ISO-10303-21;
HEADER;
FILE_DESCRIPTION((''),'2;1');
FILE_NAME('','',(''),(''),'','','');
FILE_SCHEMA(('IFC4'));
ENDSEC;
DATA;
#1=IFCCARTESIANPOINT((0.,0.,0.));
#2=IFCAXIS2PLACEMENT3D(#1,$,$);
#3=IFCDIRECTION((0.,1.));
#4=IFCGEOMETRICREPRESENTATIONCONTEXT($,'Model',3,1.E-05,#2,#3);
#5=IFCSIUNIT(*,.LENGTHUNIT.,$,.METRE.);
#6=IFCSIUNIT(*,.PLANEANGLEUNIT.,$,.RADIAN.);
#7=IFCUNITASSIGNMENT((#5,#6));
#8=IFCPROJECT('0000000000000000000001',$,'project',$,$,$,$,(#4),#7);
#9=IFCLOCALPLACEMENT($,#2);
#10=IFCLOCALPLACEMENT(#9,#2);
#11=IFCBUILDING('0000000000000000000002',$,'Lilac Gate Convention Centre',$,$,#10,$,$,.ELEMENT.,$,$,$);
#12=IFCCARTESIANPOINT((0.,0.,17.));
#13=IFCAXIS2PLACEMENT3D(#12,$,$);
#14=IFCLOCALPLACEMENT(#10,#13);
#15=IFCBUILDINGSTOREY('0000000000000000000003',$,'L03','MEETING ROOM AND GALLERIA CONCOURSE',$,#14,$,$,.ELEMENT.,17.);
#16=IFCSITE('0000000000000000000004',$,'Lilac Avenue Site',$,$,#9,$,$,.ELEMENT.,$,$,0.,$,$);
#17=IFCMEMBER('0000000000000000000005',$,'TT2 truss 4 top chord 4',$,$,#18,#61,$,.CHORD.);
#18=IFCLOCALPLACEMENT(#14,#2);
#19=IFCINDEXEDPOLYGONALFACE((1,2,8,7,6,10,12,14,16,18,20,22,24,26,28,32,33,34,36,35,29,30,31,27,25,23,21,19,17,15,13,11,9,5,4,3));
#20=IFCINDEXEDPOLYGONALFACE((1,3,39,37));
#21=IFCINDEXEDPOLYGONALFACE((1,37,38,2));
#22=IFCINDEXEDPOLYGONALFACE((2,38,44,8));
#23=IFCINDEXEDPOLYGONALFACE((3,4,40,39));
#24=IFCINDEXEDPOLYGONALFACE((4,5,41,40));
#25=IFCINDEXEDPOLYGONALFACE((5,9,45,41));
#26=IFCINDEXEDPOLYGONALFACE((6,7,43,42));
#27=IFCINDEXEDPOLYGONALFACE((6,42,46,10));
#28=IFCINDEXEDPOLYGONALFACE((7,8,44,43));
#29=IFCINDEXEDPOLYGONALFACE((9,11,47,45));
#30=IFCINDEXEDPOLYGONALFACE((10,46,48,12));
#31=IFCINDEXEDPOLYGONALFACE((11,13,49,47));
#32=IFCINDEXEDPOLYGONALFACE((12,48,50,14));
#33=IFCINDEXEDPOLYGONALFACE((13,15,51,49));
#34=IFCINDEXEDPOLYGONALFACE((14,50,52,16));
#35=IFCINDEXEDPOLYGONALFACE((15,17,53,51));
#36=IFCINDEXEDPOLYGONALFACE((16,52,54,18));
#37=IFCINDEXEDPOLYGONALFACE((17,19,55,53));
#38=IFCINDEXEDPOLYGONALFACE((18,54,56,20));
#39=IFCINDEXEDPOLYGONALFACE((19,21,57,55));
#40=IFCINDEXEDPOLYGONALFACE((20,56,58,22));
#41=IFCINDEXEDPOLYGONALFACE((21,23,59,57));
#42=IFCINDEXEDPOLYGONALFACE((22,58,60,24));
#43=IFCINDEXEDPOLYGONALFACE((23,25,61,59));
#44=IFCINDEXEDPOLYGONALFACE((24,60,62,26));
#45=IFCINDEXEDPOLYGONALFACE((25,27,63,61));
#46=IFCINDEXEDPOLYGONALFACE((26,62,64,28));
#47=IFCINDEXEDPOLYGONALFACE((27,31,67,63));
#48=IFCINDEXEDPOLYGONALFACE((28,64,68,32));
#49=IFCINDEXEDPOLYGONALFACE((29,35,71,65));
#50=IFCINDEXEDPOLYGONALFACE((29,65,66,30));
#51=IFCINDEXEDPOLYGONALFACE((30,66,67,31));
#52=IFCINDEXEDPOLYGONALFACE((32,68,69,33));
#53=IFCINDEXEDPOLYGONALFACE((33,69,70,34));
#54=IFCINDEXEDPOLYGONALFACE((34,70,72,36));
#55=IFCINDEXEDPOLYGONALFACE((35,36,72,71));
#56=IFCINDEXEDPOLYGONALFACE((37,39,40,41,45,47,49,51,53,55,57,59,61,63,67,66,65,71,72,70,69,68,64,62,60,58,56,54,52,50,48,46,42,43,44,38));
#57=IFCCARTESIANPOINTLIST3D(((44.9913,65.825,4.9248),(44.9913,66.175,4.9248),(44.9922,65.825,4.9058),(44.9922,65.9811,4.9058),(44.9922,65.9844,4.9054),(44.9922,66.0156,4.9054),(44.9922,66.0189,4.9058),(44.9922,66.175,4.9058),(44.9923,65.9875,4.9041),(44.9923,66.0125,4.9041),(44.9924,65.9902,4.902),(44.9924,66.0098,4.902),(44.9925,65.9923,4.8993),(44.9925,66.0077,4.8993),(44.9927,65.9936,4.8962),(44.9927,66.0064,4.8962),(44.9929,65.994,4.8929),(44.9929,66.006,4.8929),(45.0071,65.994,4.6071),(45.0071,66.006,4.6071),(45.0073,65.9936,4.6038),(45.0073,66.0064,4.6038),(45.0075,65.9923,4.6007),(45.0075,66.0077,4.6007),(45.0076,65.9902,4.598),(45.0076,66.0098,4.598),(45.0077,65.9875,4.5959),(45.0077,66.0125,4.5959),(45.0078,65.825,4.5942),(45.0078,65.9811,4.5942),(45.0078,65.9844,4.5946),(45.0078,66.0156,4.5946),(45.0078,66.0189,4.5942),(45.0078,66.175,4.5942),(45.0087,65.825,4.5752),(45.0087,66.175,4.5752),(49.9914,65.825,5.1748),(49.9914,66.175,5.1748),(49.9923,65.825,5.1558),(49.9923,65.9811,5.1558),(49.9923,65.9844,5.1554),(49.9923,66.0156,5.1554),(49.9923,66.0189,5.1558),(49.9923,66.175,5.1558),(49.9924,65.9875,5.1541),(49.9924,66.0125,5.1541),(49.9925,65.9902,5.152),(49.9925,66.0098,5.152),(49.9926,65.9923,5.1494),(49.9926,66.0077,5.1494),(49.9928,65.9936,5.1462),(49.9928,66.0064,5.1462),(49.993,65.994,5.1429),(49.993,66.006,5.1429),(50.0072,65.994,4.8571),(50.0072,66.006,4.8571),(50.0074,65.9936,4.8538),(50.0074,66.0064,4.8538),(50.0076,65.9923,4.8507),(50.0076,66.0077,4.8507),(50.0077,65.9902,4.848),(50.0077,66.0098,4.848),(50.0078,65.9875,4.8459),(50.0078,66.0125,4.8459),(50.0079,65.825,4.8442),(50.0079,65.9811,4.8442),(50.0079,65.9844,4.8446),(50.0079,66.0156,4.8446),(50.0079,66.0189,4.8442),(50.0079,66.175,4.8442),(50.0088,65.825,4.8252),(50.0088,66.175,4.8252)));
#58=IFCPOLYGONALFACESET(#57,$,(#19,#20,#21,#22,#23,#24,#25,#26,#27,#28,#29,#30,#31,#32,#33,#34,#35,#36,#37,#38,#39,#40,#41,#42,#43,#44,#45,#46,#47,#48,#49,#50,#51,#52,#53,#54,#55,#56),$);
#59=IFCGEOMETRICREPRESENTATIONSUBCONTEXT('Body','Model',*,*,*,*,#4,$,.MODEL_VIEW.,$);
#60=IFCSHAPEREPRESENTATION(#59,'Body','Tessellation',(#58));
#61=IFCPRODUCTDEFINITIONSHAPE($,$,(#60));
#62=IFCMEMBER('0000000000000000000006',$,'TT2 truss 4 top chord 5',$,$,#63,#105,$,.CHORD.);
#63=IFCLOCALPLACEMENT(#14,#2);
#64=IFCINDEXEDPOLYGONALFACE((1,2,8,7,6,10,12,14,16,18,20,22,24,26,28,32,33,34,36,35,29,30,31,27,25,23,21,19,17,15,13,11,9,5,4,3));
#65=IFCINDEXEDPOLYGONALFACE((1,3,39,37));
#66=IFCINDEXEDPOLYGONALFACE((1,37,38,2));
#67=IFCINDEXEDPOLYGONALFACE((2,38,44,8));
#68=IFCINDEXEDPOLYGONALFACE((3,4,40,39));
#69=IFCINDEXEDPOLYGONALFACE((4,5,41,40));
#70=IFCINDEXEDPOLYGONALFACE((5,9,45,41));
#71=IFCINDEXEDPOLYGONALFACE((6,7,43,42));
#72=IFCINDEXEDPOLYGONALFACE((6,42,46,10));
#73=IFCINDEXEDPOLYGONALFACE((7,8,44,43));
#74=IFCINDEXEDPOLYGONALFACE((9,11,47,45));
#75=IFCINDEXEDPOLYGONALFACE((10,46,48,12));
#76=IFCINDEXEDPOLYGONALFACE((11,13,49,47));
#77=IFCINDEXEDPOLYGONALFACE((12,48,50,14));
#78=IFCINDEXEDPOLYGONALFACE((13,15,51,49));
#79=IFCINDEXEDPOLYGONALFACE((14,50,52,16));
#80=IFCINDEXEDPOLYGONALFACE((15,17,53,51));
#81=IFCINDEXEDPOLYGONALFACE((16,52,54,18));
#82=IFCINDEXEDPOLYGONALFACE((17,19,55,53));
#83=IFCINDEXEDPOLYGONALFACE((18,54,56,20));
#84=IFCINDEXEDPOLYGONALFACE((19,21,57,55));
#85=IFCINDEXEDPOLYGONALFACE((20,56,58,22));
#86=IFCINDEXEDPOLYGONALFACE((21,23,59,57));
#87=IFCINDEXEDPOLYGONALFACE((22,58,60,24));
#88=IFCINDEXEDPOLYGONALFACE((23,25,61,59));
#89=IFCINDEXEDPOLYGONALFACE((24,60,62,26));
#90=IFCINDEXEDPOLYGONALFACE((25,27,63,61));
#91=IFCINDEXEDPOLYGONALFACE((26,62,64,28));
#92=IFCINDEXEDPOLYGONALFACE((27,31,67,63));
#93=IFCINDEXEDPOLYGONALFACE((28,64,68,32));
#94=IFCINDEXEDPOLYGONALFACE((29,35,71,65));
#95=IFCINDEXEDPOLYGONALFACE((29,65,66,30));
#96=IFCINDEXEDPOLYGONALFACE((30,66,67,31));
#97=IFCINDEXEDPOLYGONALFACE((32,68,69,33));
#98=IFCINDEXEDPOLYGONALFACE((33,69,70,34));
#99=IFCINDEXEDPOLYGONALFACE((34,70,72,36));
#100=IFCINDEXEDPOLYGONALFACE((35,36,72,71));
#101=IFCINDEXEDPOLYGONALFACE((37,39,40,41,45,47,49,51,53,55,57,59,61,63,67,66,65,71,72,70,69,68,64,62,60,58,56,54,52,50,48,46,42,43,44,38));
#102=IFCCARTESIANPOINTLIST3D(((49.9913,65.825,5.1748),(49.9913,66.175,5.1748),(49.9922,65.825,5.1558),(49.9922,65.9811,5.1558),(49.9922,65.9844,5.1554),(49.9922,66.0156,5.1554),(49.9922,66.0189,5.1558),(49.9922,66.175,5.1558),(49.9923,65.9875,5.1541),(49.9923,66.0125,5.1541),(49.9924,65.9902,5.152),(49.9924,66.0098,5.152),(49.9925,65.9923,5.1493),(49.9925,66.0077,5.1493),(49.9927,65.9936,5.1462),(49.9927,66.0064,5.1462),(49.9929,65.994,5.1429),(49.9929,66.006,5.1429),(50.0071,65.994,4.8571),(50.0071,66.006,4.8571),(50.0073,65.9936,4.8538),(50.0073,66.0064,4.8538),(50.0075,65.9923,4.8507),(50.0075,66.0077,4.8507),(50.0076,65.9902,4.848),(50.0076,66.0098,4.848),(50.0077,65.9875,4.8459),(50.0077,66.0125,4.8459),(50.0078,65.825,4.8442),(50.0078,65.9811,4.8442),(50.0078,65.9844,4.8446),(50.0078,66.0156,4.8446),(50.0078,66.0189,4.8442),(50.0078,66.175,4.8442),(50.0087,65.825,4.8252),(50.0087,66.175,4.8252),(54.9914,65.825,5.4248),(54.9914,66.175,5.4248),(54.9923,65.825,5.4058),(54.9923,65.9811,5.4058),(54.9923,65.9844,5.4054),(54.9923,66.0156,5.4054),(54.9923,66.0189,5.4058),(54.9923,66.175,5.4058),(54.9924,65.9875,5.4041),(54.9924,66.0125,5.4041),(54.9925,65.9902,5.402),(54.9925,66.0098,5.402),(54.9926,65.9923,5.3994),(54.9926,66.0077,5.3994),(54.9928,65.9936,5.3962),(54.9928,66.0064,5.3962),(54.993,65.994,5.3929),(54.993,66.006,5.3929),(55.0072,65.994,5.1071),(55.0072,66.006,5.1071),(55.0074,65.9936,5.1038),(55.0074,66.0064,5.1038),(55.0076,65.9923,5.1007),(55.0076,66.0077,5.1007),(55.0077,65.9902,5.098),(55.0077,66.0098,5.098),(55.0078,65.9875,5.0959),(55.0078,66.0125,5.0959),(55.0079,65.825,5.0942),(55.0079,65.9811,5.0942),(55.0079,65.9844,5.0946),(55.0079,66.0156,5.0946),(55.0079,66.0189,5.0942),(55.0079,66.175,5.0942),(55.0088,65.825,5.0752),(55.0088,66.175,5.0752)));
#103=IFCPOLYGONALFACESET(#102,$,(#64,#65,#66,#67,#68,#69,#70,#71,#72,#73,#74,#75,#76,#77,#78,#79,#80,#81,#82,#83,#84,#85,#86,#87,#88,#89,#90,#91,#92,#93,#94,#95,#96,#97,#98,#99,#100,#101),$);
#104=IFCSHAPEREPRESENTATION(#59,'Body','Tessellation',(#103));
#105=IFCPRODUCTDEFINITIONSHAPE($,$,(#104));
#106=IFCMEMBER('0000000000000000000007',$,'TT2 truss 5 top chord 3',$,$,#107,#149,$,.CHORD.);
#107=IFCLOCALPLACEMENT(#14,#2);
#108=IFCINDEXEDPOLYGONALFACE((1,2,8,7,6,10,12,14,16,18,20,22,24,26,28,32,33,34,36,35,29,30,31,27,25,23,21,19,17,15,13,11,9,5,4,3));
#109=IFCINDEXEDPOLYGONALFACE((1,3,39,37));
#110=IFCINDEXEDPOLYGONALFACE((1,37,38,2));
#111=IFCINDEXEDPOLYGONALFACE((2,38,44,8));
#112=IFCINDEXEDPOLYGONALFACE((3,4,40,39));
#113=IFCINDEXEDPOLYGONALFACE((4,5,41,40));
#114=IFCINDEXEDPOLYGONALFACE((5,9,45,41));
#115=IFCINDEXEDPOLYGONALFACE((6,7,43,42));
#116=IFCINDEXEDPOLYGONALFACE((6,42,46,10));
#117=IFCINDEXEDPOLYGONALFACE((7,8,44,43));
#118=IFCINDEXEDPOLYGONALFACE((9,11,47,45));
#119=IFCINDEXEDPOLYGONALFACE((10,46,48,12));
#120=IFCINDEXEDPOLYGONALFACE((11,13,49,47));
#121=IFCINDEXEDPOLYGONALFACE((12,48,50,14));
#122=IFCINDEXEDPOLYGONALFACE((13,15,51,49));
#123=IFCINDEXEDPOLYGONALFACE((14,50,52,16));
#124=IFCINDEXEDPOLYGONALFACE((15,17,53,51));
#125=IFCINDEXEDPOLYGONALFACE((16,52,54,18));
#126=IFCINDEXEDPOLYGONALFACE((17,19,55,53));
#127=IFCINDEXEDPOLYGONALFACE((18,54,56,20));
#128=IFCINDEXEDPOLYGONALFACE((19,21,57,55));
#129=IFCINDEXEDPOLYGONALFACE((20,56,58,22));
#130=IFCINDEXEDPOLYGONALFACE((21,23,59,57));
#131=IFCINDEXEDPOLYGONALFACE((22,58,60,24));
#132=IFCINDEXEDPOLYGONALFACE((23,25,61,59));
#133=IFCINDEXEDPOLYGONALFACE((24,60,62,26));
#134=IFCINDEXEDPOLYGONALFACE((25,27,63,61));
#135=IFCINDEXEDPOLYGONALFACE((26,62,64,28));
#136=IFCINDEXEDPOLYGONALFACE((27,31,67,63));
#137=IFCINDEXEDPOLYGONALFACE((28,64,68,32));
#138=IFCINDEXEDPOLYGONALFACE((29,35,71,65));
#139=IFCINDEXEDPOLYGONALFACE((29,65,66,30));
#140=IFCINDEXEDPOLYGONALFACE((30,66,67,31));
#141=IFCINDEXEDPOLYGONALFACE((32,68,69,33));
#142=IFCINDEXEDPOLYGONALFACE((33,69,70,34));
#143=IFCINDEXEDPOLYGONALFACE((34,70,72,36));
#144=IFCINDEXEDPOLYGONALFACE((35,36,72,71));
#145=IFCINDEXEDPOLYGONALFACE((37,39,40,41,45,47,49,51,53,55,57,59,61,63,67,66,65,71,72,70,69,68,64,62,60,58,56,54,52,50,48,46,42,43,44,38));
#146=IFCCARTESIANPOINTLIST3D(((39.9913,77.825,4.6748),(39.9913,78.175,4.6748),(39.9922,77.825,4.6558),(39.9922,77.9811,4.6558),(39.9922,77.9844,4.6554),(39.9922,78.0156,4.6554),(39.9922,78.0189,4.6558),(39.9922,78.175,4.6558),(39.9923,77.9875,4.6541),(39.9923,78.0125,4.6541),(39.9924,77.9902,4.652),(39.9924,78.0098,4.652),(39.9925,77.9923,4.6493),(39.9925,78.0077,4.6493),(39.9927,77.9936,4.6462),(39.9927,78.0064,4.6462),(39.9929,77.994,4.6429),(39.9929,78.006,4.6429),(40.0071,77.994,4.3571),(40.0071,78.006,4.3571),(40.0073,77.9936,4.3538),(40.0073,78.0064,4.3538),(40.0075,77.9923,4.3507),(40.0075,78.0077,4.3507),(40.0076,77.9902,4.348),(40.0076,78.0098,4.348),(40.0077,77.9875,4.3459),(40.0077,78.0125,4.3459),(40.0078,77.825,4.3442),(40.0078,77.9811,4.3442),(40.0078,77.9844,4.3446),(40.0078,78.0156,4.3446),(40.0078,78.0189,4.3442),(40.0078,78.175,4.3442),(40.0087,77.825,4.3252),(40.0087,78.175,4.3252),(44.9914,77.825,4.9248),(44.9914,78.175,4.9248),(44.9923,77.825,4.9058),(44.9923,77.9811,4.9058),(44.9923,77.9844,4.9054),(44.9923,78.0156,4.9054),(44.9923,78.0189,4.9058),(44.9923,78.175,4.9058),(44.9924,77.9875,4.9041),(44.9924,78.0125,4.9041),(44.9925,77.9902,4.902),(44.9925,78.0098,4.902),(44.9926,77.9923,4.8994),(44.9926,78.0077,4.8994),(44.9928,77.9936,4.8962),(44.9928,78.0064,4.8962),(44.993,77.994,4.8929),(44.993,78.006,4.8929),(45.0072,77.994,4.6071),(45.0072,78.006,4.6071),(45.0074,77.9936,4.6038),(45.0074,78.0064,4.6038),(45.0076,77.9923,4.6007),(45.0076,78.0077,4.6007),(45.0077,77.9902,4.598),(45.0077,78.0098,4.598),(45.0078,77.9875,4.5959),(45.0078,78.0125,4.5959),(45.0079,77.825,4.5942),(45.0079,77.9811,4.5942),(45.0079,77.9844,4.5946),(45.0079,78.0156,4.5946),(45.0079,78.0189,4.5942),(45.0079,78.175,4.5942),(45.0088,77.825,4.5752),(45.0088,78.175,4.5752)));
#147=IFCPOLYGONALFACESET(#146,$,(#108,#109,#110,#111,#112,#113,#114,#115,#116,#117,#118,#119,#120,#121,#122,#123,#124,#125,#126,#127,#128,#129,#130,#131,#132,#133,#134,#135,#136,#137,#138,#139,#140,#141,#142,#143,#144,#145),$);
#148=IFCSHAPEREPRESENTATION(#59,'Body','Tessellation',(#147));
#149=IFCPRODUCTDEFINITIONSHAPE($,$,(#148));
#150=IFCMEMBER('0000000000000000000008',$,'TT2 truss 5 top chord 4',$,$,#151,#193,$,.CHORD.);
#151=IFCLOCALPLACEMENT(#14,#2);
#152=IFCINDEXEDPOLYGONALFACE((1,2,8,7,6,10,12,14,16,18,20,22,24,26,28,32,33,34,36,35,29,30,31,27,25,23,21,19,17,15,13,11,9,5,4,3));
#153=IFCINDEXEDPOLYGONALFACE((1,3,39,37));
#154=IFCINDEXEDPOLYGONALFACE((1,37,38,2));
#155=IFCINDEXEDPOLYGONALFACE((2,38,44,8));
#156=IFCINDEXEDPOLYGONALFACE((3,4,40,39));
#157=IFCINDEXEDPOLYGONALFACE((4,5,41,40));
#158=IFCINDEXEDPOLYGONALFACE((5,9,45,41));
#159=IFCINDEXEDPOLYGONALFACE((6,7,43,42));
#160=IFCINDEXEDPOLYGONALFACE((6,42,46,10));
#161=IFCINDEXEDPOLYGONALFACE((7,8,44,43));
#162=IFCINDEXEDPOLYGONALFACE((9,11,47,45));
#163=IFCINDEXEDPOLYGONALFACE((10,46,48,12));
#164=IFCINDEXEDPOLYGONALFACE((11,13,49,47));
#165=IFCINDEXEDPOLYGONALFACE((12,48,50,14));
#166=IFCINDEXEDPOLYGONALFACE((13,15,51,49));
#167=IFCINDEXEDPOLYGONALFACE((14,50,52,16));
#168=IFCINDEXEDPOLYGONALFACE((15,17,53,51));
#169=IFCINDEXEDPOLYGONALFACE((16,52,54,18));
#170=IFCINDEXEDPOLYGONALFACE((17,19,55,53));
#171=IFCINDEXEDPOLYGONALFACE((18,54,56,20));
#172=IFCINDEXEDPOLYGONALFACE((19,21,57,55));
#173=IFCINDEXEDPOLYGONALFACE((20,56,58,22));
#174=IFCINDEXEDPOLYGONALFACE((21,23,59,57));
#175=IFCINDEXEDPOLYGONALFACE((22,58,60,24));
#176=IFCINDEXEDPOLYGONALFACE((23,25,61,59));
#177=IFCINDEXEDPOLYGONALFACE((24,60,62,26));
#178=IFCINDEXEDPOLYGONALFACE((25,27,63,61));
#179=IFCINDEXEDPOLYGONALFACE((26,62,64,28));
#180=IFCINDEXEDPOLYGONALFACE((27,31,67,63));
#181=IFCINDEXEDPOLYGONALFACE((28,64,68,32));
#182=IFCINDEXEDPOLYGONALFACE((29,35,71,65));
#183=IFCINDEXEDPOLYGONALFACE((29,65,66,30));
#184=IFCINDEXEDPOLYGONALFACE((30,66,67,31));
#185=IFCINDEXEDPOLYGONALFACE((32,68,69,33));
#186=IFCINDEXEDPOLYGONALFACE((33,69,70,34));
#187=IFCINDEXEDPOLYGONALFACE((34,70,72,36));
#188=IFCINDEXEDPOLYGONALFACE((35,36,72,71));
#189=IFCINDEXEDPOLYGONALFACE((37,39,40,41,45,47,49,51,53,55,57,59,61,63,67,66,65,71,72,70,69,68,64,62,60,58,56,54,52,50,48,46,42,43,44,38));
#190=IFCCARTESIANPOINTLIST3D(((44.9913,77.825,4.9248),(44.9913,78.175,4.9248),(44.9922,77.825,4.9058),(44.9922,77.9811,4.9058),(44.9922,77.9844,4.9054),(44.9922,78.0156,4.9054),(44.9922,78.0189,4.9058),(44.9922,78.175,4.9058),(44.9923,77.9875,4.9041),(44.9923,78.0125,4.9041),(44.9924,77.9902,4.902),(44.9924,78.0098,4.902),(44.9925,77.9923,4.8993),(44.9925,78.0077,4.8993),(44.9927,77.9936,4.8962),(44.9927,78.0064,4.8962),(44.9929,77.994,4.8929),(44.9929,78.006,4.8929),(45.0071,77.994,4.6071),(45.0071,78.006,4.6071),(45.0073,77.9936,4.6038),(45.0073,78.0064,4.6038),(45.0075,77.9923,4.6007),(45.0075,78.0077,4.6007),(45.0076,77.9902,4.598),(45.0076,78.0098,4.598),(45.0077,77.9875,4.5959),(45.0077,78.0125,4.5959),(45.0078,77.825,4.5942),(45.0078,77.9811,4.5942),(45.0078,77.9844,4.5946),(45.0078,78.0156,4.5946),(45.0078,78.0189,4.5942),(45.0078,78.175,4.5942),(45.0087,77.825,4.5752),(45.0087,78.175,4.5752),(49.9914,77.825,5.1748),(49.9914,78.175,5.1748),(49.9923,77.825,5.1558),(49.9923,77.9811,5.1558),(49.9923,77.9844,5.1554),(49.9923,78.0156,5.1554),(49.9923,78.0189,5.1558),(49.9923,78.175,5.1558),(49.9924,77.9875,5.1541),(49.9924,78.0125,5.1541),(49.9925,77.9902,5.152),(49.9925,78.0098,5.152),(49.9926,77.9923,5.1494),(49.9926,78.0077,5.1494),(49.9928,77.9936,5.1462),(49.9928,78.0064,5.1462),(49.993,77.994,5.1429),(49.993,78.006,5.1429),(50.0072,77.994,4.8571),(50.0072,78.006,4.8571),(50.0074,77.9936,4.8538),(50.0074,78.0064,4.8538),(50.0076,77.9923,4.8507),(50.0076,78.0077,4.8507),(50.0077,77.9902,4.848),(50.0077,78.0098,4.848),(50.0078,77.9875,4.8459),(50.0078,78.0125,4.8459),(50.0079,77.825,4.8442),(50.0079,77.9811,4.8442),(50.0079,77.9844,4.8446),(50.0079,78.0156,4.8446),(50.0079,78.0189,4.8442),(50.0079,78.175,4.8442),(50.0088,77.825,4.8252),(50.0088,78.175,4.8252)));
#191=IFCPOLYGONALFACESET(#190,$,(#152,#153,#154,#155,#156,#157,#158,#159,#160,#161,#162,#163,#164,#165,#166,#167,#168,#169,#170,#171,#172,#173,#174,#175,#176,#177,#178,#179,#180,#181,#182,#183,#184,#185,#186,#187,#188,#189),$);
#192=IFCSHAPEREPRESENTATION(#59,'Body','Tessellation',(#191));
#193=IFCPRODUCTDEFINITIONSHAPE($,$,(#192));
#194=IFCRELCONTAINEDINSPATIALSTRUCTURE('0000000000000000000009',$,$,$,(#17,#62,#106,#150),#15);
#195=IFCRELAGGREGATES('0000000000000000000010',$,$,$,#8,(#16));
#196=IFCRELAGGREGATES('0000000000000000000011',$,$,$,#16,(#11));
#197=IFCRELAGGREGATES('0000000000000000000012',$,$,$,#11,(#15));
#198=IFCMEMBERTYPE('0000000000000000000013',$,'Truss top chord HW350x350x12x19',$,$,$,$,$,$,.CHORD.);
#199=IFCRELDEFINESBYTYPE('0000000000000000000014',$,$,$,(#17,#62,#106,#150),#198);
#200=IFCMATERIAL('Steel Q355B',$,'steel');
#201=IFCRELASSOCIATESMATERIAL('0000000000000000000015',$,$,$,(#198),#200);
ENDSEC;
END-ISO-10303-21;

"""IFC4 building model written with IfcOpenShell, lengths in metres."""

from ifc_helpers import new_model, si_unit, direction, frame, origin, origin_2d, place, context, subcontext, project, spatial, i_section, extrude, material, material_profile, profile_set, type_object, element, save


model = new_model("IFC4")

# Units and contexts
model_context = context("Model", 3, precision=1e-05, world=origin(), true_north=direction((0.0, 1.0)))
body_context = subcontext(model_context, "Body", "Model", "MODEL_VIEW")
ifc_project = project(units=[si_unit("LENGTHUNIT", "METRE"), si_unit("PLANEANGLEUNIT", "RADIAN")], contexts=[model_context])

# Site, building, storey
site_placement = place(None, origin())
site = spatial("IfcSite", under=ifc_project, at=site_placement, Name="Lilac Avenue Site", CompositionType="ELEMENT", RefElevation=0.0)
building_placement = place(site_placement, origin())
building = spatial("IfcBuilding", under=site, at=building_placement, Name="Lilac Gate Convention Centre", CompositionType="ELEMENT")
storey_placement = place(building_placement, frame((0.0, 0.0, 17.0)))
storey = spatial("IfcBuildingStorey", under=building, at=storey_placement, Name="L03", Description="MEETING ROOM AND GALLERIA CONCOURSE", CompositionType="ELEMENT", Elevation=17.0)

# Members
ifc_material = material(Name="Steel Q355B", Category="steel")
ifc_material_profile_1 = material_profile(ifc_material, i_section(OverallWidth=0.3501, OverallDepth=0.3501, WebThickness=0.012, FlangeThickness=0.019, FilletRadius=0.0129, at=origin_2d()), Name="HW350x350x12x19")
ifc_profile_set_1 = profile_set([ifc_material_profile_1], Name="Steel Q355B")
member_type_1 = type_object("IfcMemberType", Name="Truss top chord HW350x350x12x19", PredefinedType="CHORD", material=ifc_profile_set_1)
for number, where, z_axis, x_axis, name in (
    (1, (45.0, 66.0, 4.75), (0.998752, 0.0, 0.049938), (0.0, 1.0, 0.0), "TT2 truss 4 top chord 4"),
    (2, (50.0, 66.0, 5.0), (0.998752, 0.0, 0.049938), (0.0, 1.0, 0.0), "TT2 truss 4 top chord 5"),
    (3, (40.0, 78.0, 4.5), (0.998752, 0.0, 0.049938), (0.0, 1.0, 0.0), "TT2 truss 5 top chord 3"),
    (4, (45.0, 78.0, 4.75), (0.998752, 0.0, 0.049938), (0.0, 1.0, 0.0), "TT2 truss 5 top chord 4"),
):
    element("IfcMember", number, at=place(storey_placement, frame(where, z_axis=z_axis, x_axis=x_axis)), inside=storey, type_object=member_type_1, Name=name, PredefinedType="CHORD", context=body_context, shape_type="SweptSolid", body=[
        extrude(i_section(OverallWidth=0.3501, OverallDepth=0.3501, WebThickness=0.012, FlangeThickness=0.019, FilletRadius=0.0129, at=origin_2d()), origin(), (0.0, 0.0, 1.0), 5.0063),
    ])

save(model, "model.ifc")
